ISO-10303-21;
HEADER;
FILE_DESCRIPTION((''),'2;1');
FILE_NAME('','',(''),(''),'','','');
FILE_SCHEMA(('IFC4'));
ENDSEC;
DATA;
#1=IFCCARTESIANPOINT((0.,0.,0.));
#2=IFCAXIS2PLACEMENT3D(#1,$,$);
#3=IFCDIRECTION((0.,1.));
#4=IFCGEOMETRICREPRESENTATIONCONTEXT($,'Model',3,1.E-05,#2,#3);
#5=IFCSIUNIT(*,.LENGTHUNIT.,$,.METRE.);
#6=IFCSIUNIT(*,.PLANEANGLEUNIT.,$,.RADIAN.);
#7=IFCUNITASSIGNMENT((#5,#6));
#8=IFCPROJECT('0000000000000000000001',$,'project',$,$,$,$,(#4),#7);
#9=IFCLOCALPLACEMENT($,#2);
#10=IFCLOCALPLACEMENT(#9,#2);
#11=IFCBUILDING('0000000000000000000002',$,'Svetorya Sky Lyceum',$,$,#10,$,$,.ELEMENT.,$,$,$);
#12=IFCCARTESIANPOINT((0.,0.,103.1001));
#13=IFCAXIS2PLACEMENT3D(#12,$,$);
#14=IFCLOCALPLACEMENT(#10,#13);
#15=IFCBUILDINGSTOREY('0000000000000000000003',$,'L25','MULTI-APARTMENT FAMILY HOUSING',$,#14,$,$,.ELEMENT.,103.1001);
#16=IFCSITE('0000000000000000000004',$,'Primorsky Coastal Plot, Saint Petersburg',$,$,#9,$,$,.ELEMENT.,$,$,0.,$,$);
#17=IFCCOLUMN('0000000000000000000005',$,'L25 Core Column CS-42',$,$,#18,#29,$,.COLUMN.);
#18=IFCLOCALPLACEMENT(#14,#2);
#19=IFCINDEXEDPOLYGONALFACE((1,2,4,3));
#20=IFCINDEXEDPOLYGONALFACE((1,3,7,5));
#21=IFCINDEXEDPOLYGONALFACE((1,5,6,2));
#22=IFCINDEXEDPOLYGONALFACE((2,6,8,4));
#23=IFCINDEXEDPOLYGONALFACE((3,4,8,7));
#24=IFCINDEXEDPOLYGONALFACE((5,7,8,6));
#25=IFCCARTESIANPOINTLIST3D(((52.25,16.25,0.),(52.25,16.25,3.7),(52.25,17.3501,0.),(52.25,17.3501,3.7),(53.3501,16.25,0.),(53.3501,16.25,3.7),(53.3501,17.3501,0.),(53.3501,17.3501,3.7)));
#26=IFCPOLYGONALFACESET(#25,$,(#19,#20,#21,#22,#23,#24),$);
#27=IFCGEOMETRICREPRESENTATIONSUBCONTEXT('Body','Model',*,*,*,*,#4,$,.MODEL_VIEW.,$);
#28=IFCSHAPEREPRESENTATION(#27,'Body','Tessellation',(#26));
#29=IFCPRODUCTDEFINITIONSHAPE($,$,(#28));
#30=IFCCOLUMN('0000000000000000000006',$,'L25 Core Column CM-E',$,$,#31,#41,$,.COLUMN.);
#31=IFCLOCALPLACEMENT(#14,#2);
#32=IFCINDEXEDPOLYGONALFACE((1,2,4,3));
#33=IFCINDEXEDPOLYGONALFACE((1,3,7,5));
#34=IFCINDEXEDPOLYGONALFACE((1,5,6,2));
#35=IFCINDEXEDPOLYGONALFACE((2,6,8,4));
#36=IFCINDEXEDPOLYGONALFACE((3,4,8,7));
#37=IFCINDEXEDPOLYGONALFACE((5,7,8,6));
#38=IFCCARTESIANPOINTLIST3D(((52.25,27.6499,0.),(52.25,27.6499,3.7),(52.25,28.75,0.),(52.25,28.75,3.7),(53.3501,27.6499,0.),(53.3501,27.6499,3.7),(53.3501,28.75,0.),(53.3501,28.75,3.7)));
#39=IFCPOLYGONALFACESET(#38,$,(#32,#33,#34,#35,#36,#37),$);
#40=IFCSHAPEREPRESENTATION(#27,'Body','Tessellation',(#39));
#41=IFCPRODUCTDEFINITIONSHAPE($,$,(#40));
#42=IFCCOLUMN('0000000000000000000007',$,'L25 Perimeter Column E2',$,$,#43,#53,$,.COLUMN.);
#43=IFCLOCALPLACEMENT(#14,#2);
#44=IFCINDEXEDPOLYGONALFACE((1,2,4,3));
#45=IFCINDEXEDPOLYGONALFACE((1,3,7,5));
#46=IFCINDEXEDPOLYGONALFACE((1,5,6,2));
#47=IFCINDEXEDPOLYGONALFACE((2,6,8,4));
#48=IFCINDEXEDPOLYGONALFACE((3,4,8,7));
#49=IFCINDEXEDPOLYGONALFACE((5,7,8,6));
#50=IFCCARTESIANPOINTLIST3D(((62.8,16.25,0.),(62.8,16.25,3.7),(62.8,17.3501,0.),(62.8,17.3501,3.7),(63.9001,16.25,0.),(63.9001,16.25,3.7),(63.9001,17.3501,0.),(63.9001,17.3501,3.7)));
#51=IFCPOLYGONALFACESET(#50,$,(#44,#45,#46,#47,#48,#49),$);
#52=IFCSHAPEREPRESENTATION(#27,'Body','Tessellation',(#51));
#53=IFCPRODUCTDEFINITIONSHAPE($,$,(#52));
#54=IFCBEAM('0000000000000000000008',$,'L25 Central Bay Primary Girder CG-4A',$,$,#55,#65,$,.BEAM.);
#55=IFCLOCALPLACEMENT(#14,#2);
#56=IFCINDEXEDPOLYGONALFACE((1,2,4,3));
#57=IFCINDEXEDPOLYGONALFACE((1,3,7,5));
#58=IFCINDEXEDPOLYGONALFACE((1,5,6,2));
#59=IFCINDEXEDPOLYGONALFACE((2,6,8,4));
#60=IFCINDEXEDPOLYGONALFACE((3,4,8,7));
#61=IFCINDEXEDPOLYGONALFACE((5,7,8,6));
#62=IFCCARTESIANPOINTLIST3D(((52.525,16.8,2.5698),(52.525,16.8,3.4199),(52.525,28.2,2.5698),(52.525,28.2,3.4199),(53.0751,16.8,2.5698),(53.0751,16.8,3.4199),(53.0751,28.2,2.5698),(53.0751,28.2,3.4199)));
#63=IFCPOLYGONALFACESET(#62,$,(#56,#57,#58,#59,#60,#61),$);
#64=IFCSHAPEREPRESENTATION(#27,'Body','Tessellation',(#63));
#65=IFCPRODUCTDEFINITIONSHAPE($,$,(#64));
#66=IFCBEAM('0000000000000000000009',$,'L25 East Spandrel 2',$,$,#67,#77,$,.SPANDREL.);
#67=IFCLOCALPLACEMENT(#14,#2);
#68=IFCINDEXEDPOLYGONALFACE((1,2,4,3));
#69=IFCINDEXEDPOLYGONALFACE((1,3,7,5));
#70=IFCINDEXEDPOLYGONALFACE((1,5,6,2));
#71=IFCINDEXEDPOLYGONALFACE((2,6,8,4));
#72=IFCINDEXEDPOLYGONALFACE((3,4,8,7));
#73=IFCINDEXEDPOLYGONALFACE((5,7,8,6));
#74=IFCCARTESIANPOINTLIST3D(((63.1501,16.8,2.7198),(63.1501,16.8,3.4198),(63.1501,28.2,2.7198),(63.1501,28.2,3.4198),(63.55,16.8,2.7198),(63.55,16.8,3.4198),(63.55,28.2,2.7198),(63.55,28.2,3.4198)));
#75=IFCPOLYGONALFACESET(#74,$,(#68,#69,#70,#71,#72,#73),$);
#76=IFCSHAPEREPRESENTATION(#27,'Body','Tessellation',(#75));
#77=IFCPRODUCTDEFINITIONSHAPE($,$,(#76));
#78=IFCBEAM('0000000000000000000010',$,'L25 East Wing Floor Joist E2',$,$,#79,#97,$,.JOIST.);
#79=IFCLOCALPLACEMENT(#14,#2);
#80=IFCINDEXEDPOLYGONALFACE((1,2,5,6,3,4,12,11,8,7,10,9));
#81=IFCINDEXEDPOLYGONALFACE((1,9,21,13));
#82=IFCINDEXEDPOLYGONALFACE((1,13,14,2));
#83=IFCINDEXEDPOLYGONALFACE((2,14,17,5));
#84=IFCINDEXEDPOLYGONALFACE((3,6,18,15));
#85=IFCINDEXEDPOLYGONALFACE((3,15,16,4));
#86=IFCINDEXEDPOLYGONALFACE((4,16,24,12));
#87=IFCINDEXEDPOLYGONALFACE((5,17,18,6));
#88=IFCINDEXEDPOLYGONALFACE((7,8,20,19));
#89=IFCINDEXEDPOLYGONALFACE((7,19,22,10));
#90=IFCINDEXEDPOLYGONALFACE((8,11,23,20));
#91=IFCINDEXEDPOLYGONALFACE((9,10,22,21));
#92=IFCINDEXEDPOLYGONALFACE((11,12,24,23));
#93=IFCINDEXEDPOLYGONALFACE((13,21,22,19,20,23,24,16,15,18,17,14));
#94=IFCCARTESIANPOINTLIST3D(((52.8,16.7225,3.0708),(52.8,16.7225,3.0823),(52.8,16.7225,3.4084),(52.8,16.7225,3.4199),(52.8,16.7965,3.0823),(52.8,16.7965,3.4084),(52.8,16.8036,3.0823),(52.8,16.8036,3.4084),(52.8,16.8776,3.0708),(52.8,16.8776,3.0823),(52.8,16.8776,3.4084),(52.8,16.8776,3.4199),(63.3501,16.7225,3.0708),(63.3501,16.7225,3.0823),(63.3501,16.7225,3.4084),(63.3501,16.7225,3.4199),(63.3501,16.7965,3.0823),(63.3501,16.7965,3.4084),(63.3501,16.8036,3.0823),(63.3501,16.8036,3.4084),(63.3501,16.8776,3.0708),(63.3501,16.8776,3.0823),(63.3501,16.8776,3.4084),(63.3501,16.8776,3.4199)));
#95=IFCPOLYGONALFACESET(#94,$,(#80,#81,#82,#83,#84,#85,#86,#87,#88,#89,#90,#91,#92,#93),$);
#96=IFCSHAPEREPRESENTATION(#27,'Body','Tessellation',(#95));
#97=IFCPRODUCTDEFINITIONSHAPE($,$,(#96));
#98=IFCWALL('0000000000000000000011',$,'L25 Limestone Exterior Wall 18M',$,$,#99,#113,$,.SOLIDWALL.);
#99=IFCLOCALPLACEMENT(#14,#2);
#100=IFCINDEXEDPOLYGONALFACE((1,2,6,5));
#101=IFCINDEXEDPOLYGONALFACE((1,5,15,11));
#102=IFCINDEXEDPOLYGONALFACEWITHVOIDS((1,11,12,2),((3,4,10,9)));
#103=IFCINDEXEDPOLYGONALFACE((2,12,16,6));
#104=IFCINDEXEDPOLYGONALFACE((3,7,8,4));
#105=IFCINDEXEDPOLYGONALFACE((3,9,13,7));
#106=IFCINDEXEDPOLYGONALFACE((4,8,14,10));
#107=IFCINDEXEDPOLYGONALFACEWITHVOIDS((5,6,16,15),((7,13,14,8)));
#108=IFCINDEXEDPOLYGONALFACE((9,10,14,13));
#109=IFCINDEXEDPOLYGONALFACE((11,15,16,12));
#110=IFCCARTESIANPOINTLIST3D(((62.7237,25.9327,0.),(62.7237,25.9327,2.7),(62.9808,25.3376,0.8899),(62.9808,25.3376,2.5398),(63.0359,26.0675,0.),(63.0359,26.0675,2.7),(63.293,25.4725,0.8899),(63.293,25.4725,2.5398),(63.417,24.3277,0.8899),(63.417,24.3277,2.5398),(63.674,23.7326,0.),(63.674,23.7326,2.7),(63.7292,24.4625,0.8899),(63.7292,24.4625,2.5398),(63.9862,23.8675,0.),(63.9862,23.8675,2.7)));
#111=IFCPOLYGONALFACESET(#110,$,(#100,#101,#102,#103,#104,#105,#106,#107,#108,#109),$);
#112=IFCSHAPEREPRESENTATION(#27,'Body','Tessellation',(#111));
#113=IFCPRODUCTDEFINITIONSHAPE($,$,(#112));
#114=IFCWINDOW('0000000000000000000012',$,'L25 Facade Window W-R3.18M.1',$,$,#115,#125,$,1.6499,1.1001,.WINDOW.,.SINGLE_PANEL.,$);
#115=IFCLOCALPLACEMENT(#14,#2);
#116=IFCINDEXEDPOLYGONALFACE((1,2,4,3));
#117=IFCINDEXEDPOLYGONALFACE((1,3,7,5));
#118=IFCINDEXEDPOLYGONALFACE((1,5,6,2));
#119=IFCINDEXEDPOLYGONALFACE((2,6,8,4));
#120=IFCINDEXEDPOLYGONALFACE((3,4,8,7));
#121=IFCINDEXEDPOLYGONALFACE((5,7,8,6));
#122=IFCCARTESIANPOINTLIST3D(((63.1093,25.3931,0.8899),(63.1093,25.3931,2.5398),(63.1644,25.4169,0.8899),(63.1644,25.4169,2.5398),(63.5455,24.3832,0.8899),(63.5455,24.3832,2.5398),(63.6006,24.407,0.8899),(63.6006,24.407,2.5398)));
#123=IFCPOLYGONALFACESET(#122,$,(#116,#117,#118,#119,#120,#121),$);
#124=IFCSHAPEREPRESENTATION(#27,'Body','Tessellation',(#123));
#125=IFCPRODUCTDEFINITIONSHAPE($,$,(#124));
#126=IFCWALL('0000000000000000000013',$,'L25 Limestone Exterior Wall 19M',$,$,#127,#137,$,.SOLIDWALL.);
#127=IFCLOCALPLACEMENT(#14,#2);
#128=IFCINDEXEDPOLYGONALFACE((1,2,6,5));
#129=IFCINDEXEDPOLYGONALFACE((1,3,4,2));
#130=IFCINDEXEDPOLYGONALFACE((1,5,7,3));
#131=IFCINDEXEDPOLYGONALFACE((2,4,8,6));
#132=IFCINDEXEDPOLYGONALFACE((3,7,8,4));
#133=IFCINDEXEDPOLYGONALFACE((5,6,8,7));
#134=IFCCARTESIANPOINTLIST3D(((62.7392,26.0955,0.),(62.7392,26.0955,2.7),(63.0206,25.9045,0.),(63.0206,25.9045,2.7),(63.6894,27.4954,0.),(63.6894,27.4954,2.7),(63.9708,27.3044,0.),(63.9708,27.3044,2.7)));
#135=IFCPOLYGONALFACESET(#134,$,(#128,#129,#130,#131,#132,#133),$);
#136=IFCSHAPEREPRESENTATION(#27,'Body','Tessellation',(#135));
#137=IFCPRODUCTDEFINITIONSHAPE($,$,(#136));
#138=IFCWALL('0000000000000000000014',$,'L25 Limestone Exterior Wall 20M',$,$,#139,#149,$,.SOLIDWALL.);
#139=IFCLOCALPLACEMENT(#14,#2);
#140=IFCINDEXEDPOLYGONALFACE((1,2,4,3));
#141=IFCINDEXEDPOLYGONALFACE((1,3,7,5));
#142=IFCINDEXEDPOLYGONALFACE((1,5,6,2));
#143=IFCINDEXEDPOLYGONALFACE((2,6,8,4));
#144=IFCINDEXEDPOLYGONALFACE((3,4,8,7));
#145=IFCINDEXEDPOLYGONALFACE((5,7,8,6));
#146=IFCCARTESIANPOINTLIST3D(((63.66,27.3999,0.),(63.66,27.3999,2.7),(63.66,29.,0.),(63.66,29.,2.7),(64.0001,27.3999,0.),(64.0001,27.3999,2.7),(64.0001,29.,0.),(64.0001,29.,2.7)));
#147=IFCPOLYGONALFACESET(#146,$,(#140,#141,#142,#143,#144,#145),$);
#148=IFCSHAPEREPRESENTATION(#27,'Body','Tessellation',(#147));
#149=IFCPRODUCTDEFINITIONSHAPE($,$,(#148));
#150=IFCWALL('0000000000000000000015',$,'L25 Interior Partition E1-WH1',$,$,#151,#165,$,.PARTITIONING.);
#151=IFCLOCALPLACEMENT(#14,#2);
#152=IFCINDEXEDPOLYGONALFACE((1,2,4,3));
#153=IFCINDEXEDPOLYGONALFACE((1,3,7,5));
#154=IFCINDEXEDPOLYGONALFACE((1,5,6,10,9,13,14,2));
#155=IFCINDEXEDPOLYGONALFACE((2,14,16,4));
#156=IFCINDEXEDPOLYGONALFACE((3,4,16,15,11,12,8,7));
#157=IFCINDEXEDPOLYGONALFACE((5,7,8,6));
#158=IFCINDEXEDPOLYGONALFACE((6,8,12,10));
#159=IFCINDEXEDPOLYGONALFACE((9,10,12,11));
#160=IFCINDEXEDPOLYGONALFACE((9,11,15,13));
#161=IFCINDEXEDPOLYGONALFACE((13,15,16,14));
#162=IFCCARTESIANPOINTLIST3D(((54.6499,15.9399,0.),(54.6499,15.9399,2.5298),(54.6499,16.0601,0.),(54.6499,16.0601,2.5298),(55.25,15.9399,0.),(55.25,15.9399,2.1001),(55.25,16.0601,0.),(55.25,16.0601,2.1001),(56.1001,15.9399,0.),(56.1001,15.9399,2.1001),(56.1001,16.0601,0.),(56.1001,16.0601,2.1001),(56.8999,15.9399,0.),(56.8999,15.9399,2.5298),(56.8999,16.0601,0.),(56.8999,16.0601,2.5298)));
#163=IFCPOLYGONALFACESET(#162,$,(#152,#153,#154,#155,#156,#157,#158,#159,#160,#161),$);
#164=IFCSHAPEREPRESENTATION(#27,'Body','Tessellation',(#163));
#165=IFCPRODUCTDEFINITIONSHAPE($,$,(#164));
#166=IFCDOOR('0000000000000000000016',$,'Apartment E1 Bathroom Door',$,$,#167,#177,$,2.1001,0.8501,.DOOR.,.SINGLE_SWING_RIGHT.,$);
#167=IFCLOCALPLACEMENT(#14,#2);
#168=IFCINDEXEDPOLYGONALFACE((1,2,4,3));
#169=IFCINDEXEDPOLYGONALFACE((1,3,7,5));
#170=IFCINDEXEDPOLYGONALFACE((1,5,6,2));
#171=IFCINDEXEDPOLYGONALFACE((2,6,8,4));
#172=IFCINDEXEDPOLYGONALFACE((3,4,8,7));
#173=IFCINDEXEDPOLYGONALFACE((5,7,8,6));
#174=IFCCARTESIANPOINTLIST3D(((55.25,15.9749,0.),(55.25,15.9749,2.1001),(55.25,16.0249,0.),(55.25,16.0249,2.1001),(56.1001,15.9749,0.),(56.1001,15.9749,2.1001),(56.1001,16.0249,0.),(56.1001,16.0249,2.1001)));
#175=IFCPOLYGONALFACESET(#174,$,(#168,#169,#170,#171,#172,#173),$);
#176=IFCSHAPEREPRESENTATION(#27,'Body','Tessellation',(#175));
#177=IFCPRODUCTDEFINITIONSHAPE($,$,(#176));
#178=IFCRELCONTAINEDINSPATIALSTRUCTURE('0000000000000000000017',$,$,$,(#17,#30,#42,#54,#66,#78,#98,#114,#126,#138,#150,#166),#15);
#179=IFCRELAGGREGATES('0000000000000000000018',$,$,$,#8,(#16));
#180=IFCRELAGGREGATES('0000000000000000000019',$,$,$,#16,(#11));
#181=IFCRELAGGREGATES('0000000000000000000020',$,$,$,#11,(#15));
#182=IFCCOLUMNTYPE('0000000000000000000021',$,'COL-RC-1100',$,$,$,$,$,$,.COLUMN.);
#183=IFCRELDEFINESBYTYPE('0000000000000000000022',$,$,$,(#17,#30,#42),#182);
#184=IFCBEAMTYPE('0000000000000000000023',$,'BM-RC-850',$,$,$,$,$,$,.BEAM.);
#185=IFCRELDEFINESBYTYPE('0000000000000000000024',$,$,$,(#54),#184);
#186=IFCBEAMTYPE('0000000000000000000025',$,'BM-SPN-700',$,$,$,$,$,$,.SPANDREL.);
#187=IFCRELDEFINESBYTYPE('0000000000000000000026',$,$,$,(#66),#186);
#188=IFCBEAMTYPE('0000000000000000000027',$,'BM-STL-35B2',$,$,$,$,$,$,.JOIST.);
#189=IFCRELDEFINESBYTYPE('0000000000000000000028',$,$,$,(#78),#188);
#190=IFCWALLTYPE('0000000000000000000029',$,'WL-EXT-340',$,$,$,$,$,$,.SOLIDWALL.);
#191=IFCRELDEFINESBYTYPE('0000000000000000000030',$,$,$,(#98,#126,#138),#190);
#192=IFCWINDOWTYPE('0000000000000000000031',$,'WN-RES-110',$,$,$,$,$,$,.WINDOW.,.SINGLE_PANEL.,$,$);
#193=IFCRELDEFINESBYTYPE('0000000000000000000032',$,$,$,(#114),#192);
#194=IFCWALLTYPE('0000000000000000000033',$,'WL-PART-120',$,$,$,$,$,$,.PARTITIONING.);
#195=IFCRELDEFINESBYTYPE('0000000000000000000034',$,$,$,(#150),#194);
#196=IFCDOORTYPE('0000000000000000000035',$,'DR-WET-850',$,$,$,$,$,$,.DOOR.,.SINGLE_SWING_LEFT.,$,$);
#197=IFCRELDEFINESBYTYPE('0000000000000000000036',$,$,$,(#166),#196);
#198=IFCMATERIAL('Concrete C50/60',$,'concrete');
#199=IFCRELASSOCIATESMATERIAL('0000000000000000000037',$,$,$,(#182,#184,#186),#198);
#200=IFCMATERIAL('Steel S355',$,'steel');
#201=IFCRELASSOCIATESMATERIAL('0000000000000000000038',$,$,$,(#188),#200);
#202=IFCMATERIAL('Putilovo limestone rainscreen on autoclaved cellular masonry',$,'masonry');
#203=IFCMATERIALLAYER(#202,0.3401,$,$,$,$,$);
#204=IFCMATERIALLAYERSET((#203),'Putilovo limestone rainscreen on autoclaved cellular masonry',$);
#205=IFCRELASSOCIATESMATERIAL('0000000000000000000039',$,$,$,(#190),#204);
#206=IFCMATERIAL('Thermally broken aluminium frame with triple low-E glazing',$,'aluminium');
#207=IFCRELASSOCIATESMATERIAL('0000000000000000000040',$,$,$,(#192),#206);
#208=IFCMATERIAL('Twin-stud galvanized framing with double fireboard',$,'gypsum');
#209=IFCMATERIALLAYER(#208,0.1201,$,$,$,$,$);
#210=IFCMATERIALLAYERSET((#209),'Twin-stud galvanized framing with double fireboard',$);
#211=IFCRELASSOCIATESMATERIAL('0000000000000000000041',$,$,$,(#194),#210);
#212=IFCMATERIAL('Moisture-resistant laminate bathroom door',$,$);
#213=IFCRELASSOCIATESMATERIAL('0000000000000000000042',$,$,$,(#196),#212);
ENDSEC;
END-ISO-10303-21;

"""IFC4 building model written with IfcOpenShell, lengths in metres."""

from ifc_helpers import new_model, si_unit, direction, frame, frame_2d, origin, origin_2d, place, context, subcontext, project, spatial, rectangle, i_section, extrude, material, layer, layer_set, material_profile, profile_set, type_object, element, fill, save


model = new_model("IFC4")

# Units and contexts
model_context = context("Model", 3, precision=1e-05, world=origin(), true_north=direction((0.0, 1.0)))
body_context = subcontext(model_context, "Body", "Model", "MODEL_VIEW")
ifc_project = project(units=[si_unit("LENGTHUNIT", "METRE"), si_unit("PLANEANGLEUNIT", "RADIAN")], contexts=[model_context])

# Site, building, storey
site_placement = place(None, origin())
site = spatial("IfcSite", under=ifc_project, at=site_placement, Name="Primorsky Coastal Plot, Saint Petersburg", CompositionType="ELEMENT", RefElevation=0.0)
building_placement = place(site_placement, origin())
building = spatial("IfcBuilding", under=site, at=building_placement, Name="Svetorya Sky Lyceum", CompositionType="ELEMENT")
storey_placement = place(building_placement, frame((0.0, 0.0, 103.1001)))
storey = spatial("IfcBuildingStorey", under=building, at=storey_placement, Name="L25", Description="MULTI-APARTMENT FAMILY HOUSING", CompositionType="ELEMENT", Elevation=103.1001)

# Columns
ifc_material_1 = material(Name="Concrete C50/60", Category="concrete")
ifc_material_profile_1 = material_profile(ifc_material_1, rectangle(XDim=1.1001, YDim=1.1001, at=origin_2d()), Name="RC COL 1100x1100")
ifc_profile_set_1 = profile_set([ifc_material_profile_1], Name="Concrete C50/60")
column_type = type_object("IfcColumnType", Name="COL-RC-1100", PredefinedType="COLUMN", material=ifc_profile_set_1)
for number, where, z_axis, x_axis, name in (
    (1, (52.8, 16.8, 0.0), (0.0, 0.0, 1.0), (1.0, 0.0, 0.0), "L25 Core Column CS-42"),
    (2, (52.8, 28.2, 0.0), (0.0, 0.0, 1.0), (1.0, 0.0, 0.0), "L25 Core Column CM-E"),
    (3, (63.3501, 16.8, 0.0), (0.0, 0.0, 1.0), (1.0, 0.0, 0.0), "L25 Perimeter Column E2"),
):
    element("IfcColumn", number, at=place(storey_placement, frame(where, z_axis=z_axis, x_axis=x_axis)), inside=storey, type_object=column_type, Name=name, PredefinedType="COLUMN", context=body_context, shape_type="SweptSolid", body=[
        extrude(rectangle(XDim=1.1001, YDim=1.1001, at=origin_2d()), origin(), (0.0, 0.0, 1.0), 3.7),
    ])

# Beams
ifc_material_profile_2 = material_profile(ifc_material_1, rectangle(XDim=0.55, YDim=0.8501, at=origin_2d()), Name="RC BEAM 550x850")
ifc_profile_set_2 = profile_set([ifc_material_profile_2], Name="Concrete C50/60")
beam_type_1 = type_object("IfcBeamType", Name="BM-RC-850", PredefinedType="BEAM", material=ifc_profile_set_2)
beam_1_placement = place(storey_placement, frame((52.8, 16.8, 2.9949), z_axis=(0.0, 1.0, 0.0), x_axis=(-1.0, 0.0, 0.0)))
element("IfcBeam", 4, at=beam_1_placement, inside=storey, type_object=beam_type_1, Name="L25 Central Bay Primary Girder CG-4A", PredefinedType="BEAM", context=body_context, shape_type="SweptSolid", body=[
    extrude(rectangle(XDim=0.55, YDim=0.8501, at=origin_2d()), origin(), (0.0, 0.0, 1.0), 11.3999),
])
ifc_material_profile_3 = material_profile(ifc_material_1, rectangle(XDim=0.3999, YDim=0.7, at=origin_2d()), Name="RC SPANDREL 400x700")
ifc_profile_set_3 = profile_set([ifc_material_profile_3], Name="Concrete C50/60")
beam_type_2 = type_object("IfcBeamType", Name="BM-SPN-700", PredefinedType="SPANDREL", material=ifc_profile_set_3)
beam_2_placement = place(storey_placement, frame((63.3501, 16.8, 3.0698), z_axis=(0.0, 1.0, 0.0), x_axis=(-1.0, 0.0, 0.0)))
element("IfcBeam", 5, at=beam_2_placement, inside=storey, type_object=beam_type_2, Name="L25 East Spandrel 2", PredefinedType="SPANDREL", context=body_context, shape_type="SweptSolid", body=[
    extrude(rectangle(XDim=0.3999, YDim=0.7, at=origin_2d()), origin(), (0.0, 0.0, 1.0), 11.3999),
])
ifc_material_2 = material(Name="Steel S355", Category="steel")
ifc_material_profile_4 = material_profile(ifc_material_2, i_section(OverallWidth=0.155, OverallDepth=0.3491, WebThickness=0.0071, FlangeThickness=0.0115, at=origin_2d()), Name="GOST 35B2")
ifc_profile_set_4 = profile_set([ifc_material_profile_4], Name="Steel S355")
beam_type_3 = type_object("IfcBeamType", Name="BM-STL-35B2", PredefinedType="JOIST", material=ifc_profile_set_4)
beam_3_placement = place(storey_placement, frame((52.8, 16.8, 3.2454), z_axis=(1.0, 0.0, 0.0), x_axis=(0.0, 1.0, 0.0)))
element("IfcBeam", 6, at=beam_3_placement, inside=storey, type_object=beam_type_3, Name="L25 East Wing Floor Joist E2", PredefinedType="JOIST", context=body_context, shape_type="SweptSolid", body=[
    extrude(i_section(OverallWidth=0.155, OverallDepth=0.3491, WebThickness=0.0071, FlangeThickness=0.0115, at=origin_2d()), origin(), (0.0, 0.0, 1.0), 10.55),
])

# Wall, opening, window
ifc_material_3 = material(Name="Putilovo limestone rainscreen on autoclaved cellular masonry", Category="masonry")
ifc_layer_1 = layer(ifc_material_3, 0.3401)
ifc_layer_set_1 = layer_set([ifc_layer_1], Name="Putilovo limestone rainscreen on autoclaved cellular masonry")
wall_type_1 = type_object("IfcWallType", Name="WL-EXT-340", PredefinedType="SOLIDWALL", material=ifc_layer_set_1)
wall_1_placement = place(storey_placement, frame((63.8301, 23.8, 0.0), z_axis=(0.0, 0.0, 1.0), x_axis=(-0.396512, 0.918029, 0.0)))
wall_1 = element("IfcWall", 7, at=wall_1_placement, inside=storey, type_object=wall_type_1, Name="L25 Limestone Exterior Wall 18M", PredefinedType="SOLIDWALL", context=body_context, shape_type="SweptSolid", body=[
    extrude(rectangle(XDim=2.3965, YDim=0.3401, at=frame_2d((1.1982, 0.0))), origin(), (0.0, 0.0, 1.0), 2.7),
])
opening_1_placement = place(wall_1_placement, frame((0.6482, 0.0, 0.8899)))
opening_1 = element("IfcOpeningElement", 8, at=opening_1_placement, cuts=wall_1, PredefinedType="OPENING", context=body_context, shape_type="SweptSolid", body=[
    extrude(rectangle(XDim=1.1001, YDim=1.6499, at=frame_2d((0.55, 0.825))), frame((0.0, 0.1799, 0.0), z_axis=(0.0, -1.0, 0.0), x_axis=(1.0, 0.0, 0.0)), (0.0, 0.0, 1.0), 0.3601),
])
ifc_material_4 = material(Name="Thermally broken aluminium frame with triple low-E glazing", Category="aluminium")
window_type = type_object("IfcWindowType", Name="WN-RES-110", PartitioningType="SINGLE_PANEL", PredefinedType="WINDOW", material=ifc_material_4)
window_placement = place(opening_1_placement, origin())
window = element("IfcWindow", 9, at=window_placement, inside=storey, type_object=window_type, Name="L25 Facade Window W-R3.18M.1", OverallHeight=1.6499, OverallWidth=1.1001, PartitioningType="SINGLE_PANEL", PredefinedType="WINDOW", context=body_context, shape_type="SweptSolid", body=[
    extrude(rectangle(XDim=1.1001, YDim=1.6499, at=frame_2d((0.55, 0.825))), frame((0.0, 0.03, 0.0), z_axis=(0.0, -1.0, 0.0), x_axis=(1.0, 0.0, 0.0)), (0.0, 0.0, 1.0), 0.0601),
])
fill(opening_1, window)

# Walls
wall_2_placement = place(storey_placement, frame((62.8799, 26.0, 0.0), z_axis=(0.0, 0.0, 1.0), x_axis=(0.561607, 0.827404, 0.0)))
element("IfcWall", 10, at=wall_2_placement, inside=storey, type_object=wall_type_1, Name="L25 Limestone Exterior Wall 19M", PredefinedType="SOLIDWALL", context=body_context, shape_type="SweptSolid", body=[
    extrude(rectangle(XDim=1.6919, YDim=0.3401, at=frame_2d((0.8459, 0.0))), origin(), (0.0, 0.0, 1.0), 2.7),
])
wall_3_placement = place(storey_placement, frame((63.8301, 27.3999, 0.0), z_axis=(0.0, 0.0, 1.0), x_axis=(0.0, 1.0, 0.0)))
element("IfcWall", 11, at=wall_3_placement, inside=storey, type_object=wall_type_1, Name="L25 Limestone Exterior Wall 20M", PredefinedType="SOLIDWALL", context=body_context, shape_type="SweptSolid", body=[
    extrude(rectangle(XDim=1.6001, YDim=0.3401, at=frame_2d((0.8, 0.0))), origin(), (0.0, 0.0, 1.0), 2.7),
])

# Wall, opening, door
ifc_material_5 = material(Name="Twin-stud galvanized framing with double fireboard", Category="gypsum")
ifc_layer_2 = layer(ifc_material_5, 0.1201)
ifc_layer_set_2 = layer_set([ifc_layer_2], Name="Twin-stud galvanized framing with double fireboard")
wall_type_2 = type_object("IfcWallType", Name="WL-PART-120", PredefinedType="PARTITIONING", material=ifc_layer_set_2)
wall_4_placement = place(storey_placement, frame((54.6499, 16.0, 0.0), z_axis=(0.0, 0.0, 1.0), x_axis=(1.0, 0.0, 0.0)))
wall_4 = element("IfcWall", 12, at=wall_4_placement, inside=storey, type_object=wall_type_2, Name="L25 Interior Partition E1-WH1", PredefinedType="PARTITIONING", context=body_context, shape_type="SweptSolid", body=[
    extrude(rectangle(XDim=2.25, YDim=0.1201, at=frame_2d((1.125, 0.0))), origin(), (0.0, 0.0, 1.0), 2.5298),
])
opening_2_placement = place(wall_4_placement, frame((0.6001, 0.0, 0.0)))
opening_2 = element("IfcOpeningElement", 13, at=opening_2_placement, cuts=wall_4, PredefinedType="OPENING", context=body_context, shape_type="SweptSolid", body=[
    extrude(rectangle(XDim=0.8501, YDim=2.1001, at=frame_2d((0.425, 1.05))), frame((0.0, 0.0701, 0.0), z_axis=(0.0, -1.0, 0.0), x_axis=(1.0, 0.0, 0.0)), (0.0, 0.0, 1.0), 0.1401),
])
ifc_material_6 = material(Name="Moisture-resistant laminate bathroom door")
door_type_1 = type_object("IfcDoorType", Name="DR-WET-850", OperationType="SINGLE_SWING_LEFT", PredefinedType="DOOR", material=ifc_material_6)
door_1_placement = place(opening_2_placement, origin())
door_1 = element("IfcDoor", 14, at=door_1_placement, inside=storey, type_object=door_type_1, Name="Apartment E1 Bathroom Door", OperationType="SINGLE_SWING_RIGHT", OverallHeight=2.1001, OverallWidth=0.8501, PredefinedType="DOOR", context=body_context, shape_type="SweptSolid", body=[
    extrude(rectangle(XDim=0.8501, YDim=2.1001, at=frame_2d((0.425, 1.05))), frame((0.0, 0.0249, 0.0), z_axis=(0.0, -1.0, 0.0), x_axis=(1.0, 0.0, 0.0)), (0.0, 0.0, 1.0), 0.05),
])
fill(opening_2, door_1)

save(model, "model.ifc")
